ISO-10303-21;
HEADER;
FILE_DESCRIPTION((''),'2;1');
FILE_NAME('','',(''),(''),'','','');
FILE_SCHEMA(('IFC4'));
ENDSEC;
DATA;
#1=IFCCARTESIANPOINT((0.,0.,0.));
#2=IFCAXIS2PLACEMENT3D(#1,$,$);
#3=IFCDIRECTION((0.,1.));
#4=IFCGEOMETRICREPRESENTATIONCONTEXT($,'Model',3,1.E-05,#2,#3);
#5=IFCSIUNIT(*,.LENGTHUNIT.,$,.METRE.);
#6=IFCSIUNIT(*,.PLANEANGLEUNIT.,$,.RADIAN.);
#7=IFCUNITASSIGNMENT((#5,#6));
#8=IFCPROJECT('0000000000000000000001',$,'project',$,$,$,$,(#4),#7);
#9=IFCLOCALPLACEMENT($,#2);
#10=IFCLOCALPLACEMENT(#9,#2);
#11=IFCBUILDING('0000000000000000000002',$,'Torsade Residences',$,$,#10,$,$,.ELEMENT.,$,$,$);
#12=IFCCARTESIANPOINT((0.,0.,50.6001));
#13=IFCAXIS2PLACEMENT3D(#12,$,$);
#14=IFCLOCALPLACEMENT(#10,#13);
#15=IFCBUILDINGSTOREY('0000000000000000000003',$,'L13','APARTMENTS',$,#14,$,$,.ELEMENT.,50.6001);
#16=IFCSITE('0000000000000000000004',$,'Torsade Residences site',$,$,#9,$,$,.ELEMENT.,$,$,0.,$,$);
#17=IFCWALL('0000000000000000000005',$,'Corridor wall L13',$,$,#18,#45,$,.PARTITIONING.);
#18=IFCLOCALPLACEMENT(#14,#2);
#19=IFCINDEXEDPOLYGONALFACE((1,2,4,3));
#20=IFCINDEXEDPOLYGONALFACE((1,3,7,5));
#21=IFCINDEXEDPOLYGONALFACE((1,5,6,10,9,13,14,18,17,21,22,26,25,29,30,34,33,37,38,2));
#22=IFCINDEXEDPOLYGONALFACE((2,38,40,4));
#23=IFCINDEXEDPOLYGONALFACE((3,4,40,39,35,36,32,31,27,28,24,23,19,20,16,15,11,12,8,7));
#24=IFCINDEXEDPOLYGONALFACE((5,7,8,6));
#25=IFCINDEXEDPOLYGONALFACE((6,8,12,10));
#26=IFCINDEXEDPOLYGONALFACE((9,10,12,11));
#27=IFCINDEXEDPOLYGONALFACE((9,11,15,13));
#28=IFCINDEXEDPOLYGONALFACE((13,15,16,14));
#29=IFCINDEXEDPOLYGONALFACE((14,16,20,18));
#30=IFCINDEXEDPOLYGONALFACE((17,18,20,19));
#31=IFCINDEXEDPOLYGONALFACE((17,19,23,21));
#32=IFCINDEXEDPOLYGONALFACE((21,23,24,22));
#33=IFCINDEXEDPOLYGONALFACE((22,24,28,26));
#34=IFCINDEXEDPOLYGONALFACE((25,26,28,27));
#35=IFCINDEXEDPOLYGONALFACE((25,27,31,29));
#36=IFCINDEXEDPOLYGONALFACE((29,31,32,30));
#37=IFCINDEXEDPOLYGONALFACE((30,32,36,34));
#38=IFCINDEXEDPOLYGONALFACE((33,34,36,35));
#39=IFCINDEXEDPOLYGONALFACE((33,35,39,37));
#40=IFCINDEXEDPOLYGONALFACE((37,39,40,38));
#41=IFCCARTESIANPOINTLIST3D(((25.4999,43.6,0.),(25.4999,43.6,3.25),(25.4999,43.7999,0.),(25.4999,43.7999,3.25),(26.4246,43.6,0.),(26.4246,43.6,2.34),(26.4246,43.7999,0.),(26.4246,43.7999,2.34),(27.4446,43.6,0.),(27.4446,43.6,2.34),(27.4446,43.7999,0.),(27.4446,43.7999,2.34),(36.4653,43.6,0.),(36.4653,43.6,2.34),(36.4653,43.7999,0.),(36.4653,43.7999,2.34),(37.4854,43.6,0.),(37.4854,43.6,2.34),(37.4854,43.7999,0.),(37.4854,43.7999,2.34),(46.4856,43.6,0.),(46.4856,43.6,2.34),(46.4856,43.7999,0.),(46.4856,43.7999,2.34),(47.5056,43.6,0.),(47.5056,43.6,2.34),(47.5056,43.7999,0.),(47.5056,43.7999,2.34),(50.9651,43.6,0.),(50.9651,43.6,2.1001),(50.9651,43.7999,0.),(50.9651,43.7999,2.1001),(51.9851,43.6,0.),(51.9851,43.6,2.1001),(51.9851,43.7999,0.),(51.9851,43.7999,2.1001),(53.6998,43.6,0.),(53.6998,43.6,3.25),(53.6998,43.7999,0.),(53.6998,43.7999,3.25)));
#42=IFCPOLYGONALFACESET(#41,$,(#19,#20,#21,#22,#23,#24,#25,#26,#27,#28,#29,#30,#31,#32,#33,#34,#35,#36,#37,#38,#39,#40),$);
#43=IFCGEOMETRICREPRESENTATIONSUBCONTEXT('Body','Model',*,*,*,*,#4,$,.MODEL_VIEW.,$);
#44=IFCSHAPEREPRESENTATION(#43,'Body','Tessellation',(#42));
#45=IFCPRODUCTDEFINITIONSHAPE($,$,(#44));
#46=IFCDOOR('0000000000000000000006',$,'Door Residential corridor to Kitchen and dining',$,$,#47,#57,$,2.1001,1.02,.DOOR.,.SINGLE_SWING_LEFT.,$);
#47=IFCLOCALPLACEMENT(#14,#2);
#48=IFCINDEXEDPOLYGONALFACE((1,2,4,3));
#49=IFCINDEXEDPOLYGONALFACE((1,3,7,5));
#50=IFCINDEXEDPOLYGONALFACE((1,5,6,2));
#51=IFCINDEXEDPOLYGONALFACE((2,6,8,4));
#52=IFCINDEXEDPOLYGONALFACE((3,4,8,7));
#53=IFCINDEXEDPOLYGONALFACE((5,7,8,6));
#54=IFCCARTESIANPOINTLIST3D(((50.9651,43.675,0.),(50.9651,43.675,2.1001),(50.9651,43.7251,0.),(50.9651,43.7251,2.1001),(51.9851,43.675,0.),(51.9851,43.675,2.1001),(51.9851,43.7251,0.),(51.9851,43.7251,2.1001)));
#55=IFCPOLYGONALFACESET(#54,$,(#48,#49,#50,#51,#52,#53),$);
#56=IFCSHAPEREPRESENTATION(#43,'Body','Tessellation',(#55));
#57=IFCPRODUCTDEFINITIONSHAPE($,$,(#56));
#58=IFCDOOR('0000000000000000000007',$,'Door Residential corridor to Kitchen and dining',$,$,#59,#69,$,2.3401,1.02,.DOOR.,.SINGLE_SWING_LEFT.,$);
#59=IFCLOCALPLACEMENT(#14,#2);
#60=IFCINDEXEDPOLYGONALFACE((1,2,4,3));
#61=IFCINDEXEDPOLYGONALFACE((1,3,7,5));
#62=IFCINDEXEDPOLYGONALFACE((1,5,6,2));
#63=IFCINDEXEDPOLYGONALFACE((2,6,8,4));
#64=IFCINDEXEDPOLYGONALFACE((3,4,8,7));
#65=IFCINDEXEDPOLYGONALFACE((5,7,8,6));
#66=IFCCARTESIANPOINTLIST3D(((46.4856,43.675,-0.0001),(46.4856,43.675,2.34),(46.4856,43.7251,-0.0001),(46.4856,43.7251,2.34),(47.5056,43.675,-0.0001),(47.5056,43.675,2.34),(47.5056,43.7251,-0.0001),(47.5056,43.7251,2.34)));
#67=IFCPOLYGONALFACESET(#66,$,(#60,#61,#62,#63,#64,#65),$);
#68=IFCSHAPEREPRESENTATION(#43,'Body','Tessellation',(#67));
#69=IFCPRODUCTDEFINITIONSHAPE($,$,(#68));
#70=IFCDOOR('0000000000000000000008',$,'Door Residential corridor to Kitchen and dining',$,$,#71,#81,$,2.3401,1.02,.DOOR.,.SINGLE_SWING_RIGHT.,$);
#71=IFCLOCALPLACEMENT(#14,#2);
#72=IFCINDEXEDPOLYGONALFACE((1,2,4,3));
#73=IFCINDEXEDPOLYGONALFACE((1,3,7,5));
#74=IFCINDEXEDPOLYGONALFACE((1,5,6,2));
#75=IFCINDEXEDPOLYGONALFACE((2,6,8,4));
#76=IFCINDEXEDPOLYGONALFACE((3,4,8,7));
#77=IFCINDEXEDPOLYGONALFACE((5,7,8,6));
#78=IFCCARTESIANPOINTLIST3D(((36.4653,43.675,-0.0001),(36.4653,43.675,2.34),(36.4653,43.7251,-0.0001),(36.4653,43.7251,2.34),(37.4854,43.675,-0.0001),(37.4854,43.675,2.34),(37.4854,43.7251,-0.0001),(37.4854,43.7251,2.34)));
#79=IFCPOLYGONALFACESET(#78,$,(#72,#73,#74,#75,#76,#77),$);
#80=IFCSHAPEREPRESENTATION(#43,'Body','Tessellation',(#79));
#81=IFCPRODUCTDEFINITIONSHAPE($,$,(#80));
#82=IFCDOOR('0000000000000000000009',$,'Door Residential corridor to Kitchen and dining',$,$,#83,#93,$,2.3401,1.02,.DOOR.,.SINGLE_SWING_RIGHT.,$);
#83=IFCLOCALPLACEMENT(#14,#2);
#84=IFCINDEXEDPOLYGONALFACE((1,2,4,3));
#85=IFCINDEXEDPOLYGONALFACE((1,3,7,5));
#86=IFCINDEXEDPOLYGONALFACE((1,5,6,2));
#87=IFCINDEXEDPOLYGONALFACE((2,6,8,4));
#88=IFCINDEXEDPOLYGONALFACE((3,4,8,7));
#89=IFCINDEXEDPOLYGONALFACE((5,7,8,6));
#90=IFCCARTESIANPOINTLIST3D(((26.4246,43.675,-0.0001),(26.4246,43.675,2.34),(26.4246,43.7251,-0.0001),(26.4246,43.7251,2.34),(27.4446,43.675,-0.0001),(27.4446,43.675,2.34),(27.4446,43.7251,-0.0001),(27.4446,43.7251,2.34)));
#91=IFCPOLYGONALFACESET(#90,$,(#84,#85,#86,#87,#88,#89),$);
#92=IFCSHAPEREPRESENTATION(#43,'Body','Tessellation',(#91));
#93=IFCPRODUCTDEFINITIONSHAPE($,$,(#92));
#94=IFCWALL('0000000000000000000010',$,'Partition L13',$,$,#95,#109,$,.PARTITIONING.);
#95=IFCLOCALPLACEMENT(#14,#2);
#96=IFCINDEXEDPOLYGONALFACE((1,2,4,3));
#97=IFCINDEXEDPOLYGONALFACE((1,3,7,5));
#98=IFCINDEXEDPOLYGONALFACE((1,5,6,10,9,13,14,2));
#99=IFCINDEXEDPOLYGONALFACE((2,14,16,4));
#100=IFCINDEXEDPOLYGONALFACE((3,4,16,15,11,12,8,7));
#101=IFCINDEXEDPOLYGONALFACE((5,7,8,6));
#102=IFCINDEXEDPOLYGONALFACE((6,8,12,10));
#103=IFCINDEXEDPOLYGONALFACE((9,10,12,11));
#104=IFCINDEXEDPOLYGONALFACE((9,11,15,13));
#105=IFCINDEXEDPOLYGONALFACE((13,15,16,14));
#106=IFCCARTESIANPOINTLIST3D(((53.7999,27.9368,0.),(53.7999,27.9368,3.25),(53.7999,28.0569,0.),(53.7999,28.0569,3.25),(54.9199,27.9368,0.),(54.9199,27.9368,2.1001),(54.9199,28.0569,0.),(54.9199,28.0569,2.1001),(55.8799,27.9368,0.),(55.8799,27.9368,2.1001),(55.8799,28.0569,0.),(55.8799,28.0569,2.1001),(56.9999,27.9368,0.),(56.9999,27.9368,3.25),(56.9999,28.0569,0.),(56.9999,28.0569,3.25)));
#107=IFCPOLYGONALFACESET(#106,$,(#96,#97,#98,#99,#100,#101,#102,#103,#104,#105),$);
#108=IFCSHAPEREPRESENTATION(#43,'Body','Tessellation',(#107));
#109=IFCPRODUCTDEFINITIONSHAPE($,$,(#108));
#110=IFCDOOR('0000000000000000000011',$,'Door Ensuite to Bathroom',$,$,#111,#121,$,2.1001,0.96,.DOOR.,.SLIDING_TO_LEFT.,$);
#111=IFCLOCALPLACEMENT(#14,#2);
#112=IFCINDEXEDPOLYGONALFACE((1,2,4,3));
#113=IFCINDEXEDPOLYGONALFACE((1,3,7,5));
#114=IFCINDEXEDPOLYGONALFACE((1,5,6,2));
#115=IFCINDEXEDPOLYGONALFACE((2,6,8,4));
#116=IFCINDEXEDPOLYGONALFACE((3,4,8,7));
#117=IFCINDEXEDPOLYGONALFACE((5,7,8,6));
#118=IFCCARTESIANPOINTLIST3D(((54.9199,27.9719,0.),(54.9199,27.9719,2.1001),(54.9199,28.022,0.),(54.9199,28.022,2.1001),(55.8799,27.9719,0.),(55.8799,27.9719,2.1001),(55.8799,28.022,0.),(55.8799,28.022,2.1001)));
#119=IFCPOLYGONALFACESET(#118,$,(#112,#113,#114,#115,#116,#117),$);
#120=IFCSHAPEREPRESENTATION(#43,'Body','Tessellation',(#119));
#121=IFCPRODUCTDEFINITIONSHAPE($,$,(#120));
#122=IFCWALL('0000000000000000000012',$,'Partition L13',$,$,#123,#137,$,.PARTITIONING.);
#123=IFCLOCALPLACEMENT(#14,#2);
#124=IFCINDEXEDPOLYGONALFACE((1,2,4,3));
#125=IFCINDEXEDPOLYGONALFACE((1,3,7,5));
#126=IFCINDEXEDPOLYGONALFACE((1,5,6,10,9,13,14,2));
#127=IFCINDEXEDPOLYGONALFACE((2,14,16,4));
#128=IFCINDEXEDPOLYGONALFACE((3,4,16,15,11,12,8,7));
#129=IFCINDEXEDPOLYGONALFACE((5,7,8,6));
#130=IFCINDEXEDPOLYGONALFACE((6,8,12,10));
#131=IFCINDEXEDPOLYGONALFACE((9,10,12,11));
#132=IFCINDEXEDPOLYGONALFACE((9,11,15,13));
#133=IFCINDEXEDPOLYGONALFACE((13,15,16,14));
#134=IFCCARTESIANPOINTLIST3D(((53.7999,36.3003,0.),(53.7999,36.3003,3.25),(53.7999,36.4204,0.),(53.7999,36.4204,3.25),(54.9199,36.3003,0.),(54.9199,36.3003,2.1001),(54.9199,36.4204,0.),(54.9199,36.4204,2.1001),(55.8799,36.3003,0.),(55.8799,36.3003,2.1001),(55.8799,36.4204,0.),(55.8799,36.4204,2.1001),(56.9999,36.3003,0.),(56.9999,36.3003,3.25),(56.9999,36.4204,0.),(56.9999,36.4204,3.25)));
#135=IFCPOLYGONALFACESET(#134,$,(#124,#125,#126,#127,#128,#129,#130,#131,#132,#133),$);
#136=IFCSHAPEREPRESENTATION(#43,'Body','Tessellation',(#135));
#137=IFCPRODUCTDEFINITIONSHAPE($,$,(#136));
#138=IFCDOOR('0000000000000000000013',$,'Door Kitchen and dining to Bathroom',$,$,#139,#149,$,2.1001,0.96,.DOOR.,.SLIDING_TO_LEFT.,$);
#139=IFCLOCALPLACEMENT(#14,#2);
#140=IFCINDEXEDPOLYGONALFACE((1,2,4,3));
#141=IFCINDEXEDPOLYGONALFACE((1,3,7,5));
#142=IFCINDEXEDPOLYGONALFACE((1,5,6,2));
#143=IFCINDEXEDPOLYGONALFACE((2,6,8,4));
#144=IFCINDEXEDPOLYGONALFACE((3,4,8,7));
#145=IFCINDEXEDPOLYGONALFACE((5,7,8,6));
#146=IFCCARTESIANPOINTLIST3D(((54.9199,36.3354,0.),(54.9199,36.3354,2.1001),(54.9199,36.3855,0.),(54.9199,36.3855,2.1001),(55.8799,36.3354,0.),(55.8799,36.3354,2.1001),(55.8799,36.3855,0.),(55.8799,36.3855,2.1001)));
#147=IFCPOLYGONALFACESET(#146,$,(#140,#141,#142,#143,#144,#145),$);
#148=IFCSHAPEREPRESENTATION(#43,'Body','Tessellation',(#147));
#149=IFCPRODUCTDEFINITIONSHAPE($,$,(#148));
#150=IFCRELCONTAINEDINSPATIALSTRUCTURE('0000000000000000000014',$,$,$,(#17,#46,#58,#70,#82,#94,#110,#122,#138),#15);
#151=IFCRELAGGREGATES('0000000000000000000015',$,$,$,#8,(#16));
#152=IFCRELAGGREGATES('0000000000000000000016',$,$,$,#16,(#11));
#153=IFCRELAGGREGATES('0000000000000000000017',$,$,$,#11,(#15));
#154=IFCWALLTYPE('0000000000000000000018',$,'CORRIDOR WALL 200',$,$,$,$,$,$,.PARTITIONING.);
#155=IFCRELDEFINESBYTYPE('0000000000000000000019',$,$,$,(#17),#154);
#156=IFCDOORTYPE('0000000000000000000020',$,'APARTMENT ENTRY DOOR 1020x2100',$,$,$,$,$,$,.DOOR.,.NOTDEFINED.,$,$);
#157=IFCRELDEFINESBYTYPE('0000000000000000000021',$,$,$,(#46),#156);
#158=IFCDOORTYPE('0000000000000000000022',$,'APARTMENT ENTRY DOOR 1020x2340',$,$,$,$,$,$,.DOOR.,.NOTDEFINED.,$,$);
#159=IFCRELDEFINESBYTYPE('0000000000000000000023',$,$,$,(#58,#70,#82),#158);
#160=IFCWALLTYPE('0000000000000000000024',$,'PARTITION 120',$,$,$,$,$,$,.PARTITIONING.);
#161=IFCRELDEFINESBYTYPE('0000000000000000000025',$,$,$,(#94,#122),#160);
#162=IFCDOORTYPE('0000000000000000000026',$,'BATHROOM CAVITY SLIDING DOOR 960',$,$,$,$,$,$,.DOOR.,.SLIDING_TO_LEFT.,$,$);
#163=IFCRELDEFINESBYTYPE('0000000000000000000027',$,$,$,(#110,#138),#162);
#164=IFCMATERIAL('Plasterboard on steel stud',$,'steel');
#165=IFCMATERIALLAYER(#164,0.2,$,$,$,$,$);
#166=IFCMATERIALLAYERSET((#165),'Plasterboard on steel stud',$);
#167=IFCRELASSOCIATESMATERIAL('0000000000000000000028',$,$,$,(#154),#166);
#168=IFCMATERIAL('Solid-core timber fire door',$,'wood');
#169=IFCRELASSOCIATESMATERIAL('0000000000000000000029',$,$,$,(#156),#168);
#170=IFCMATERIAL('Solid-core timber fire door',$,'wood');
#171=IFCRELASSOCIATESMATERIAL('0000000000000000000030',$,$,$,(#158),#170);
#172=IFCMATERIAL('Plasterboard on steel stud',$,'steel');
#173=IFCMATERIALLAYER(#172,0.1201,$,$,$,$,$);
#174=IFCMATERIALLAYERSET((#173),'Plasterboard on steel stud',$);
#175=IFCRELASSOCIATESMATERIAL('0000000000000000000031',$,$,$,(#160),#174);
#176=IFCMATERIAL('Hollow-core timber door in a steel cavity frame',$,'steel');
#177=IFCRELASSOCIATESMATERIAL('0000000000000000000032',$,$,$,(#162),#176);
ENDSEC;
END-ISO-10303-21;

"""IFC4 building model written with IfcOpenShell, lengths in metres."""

from ifc_helpers import new_model, si_unit, direction, frame, frame_2d, origin, place, context, subcontext, project, spatial, rectangle, extrude, material, layer, layer_set, type_object, element, fill, save


model = new_model("IFC4")

# Units and contexts
model_context = context("Model", 3, precision=1e-05, world=origin(), true_north=direction((0.0, 1.0)))
body_context = subcontext(model_context, "Body", "Model", "MODEL_VIEW")
ifc_project = project(units=[si_unit("LENGTHUNIT", "METRE"), si_unit("PLANEANGLEUNIT", "RADIAN")], contexts=[model_context])

# Site, building, storey
site_placement = place(None, origin())
site = spatial("IfcSite", under=ifc_project, at=site_placement, Name="Torsade Residences site", CompositionType="ELEMENT", RefElevation=0.0)
building_placement = place(site_placement, origin())
building = spatial("IfcBuilding", under=site, at=building_placement, Name="Torsade Residences", CompositionType="ELEMENT")
storey_placement = place(building_placement, frame((0.0, 0.0, 50.6001)))
storey = spatial("IfcBuildingStorey", under=building, at=storey_placement, Name="L13", Description="APARTMENTS", CompositionType="ELEMENT", Elevation=50.6001)

# Wall, openings, doors
ifc_material_1 = material(Name="Plasterboard on steel stud", Category="steel")
ifc_layer_1 = layer(ifc_material_1, 0.2)
ifc_layer_set_1 = layer_set([ifc_layer_1], Name="Plasterboard on steel stud")
wall_type_1 = type_object("IfcWallType", Name="CORRIDOR WALL 200", PredefinedType="PARTITIONING", material=ifc_layer_set_1)
wall_1_placement = place(storey_placement, frame((53.7, 43.7, 0.0), z_axis=(0.0, 0.0, 1.0), x_axis=(-1.0, 0.0, 0.0)))
wall_1 = element("IfcWall", 1, at=wall_1_placement, inside=storey, type_object=wall_type_1, Name="Corridor wall L13", PredefinedType="PARTITIONING", context=body_context, shape_type="SweptSolid", body=[
    extrude(rectangle(XDim=28.2, YDim=0.2, at=frame_2d((14.1001, 0.0))), origin(), (0.0, 0.0, 1.0), 3.25),
])
opening_1_placement = place(wall_1_placement, frame((6.1943, 0.0, 0.0)))
opening_1 = element("IfcOpeningElement", 2, at=opening_1_placement, cuts=wall_1, PredefinedType="OPENING", context=body_context, shape_type="SweptSolid", body=[
    extrude(rectangle(XDim=1.02, YDim=2.3401, at=frame_2d((0.51, 1.1699))), frame((0.0, 0.1099, 0.0), z_axis=(0.0, -1.0, 0.0), x_axis=(1.0, 0.0, 0.0)), (0.0, 0.0, 1.0), 0.22),
])
opening_2_placement = place(wall_1_placement, frame((1.7148, 0.0, 0.0)))
opening_2 = element("IfcOpeningElement", 3, at=opening_2_placement, cuts=wall_1, PredefinedType="OPENING", context=body_context, shape_type="SweptSolid", body=[
    extrude(rectangle(XDim=1.02, YDim=2.1001, at=frame_2d((0.51, 1.05))), frame((0.0, 0.1099, 0.0), z_axis=(0.0, -1.0, 0.0), x_axis=(1.0, 0.0, 0.0)), (0.0, 0.0, 1.0), 0.22),
])
opening_3_placement = place(wall_1_placement, frame((16.2146, 0.0, 0.0)))
opening_3 = element("IfcOpeningElement", 4, at=opening_3_placement, cuts=wall_1, PredefinedType="OPENING", context=body_context, shape_type="SweptSolid", body=[
    extrude(rectangle(XDim=1.02, YDim=2.3401, at=frame_2d((0.51, 1.1699))), frame((0.0, 0.1099, 0.0), z_axis=(0.0, -1.0, 0.0), x_axis=(1.0, 0.0, 0.0)), (0.0, 0.0, 1.0), 0.22),
])
opening_4_placement = place(wall_1_placement, frame((26.2554, 0.0, 0.0)))
opening_4 = element("IfcOpeningElement", 5, at=opening_4_placement, cuts=wall_1, PredefinedType="OPENING", context=body_context, shape_type="SweptSolid", body=[
    extrude(rectangle(XDim=1.02, YDim=2.3401, at=frame_2d((0.51, 1.1699))), frame((0.0, 0.1099, 0.0), z_axis=(0.0, -1.0, 0.0), x_axis=(1.0, 0.0, 0.0)), (0.0, 0.0, 1.0), 0.22),
])
ifc_material_2 = material(Name="Solid-core timber fire door", Category="wood")
door_type_1 = type_object("IfcDoorType", Name="APARTMENT ENTRY DOOR 1020x2100", OperationType="NOTDEFINED", PredefinedType="DOOR", material=ifc_material_2)
door_1_placement = place(opening_2_placement, origin())
door_1 = element("IfcDoor", 6, at=door_1_placement, inside=storey, type_object=door_type_1, Name="Door Residential corridor to Kitchen and dining", OperationType="SINGLE_SWING_LEFT", OverallHeight=2.1001, OverallWidth=1.02, PredefinedType="DOOR", context=body_context, shape_type="SweptSolid", body=[
    extrude(rectangle(XDim=1.02, YDim=2.1001, at=frame_2d((0.51, 1.05))), frame((0.0, 0.0249, 0.0), z_axis=(0.0, -1.0, 0.0), x_axis=(1.0, 0.0, 0.0)), (0.0, 0.0, 1.0), 0.05),
])
fill(opening_2, door_1)
ifc_material_3 = material(Name="Solid-core timber fire door", Category="wood")
door_type_2 = type_object("IfcDoorType", Name="APARTMENT ENTRY DOOR 1020x2340", OperationType="NOTDEFINED", PredefinedType="DOOR", material=ifc_material_3)
door_2_placement = place(opening_1_placement, origin())
door_2 = element("IfcDoor", 7, at=door_2_placement, inside=storey, type_object=door_type_2, Name="Door Residential corridor to Kitchen and dining", OperationType="SINGLE_SWING_LEFT", OverallHeight=2.3401, OverallWidth=1.02, PredefinedType="DOOR", context=body_context, shape_type="SweptSolid", body=[
    extrude(rectangle(XDim=1.02, YDim=2.3401, at=frame_2d((0.51, 1.1699))), frame((0.0, 0.0249, 0.0), z_axis=(0.0, -1.0, 0.0), x_axis=(1.0, 0.0, 0.0)), (0.0, 0.0, 1.0), 0.05),
])
fill(opening_1, door_2)
door_3_placement = place(opening_3_placement, origin())
door_3 = element("IfcDoor", 8, at=door_3_placement, inside=storey, type_object=door_type_2, Name="Door Residential corridor to Kitchen and dining", OperationType="SINGLE_SWING_RIGHT", OverallHeight=2.3401, OverallWidth=1.02, PredefinedType="DOOR", context=body_context, shape_type="SweptSolid", body=[
    extrude(rectangle(XDim=1.02, YDim=2.3401, at=frame_2d((0.51, 1.1699))), frame((0.0, 0.0249, 0.0), z_axis=(0.0, -1.0, 0.0), x_axis=(1.0, 0.0, 0.0)), (0.0, 0.0, 1.0), 0.05),
])
fill(opening_3, door_3)
door_4_placement = place(opening_4_placement, origin())
door_4 = element("IfcDoor", 9, at=door_4_placement, inside=storey, type_object=door_type_2, Name="Door Residential corridor to Kitchen and dining", OperationType="SINGLE_SWING_RIGHT", OverallHeight=2.3401, OverallWidth=1.02, PredefinedType="DOOR", context=body_context, shape_type="SweptSolid", body=[
    extrude(rectangle(XDim=1.02, YDim=2.3401, at=frame_2d((0.51, 1.1699))), frame((0.0, 0.0249, 0.0), z_axis=(0.0, -1.0, 0.0), x_axis=(1.0, 0.0, 0.0)), (0.0, 0.0, 1.0), 0.05),
])
fill(opening_4, door_4)

# Walls, openings, doors
ifc_material_4 = material(Name="Plasterboard on steel stud", Category="steel")
ifc_layer_2 = layer(ifc_material_4, 0.1201)
ifc_layer_set_2 = layer_set([ifc_layer_2], Name="Plasterboard on steel stud")
wall_type_2 = type_object("IfcWallType", Name="PARTITION 120", PredefinedType="PARTITIONING", material=ifc_layer_set_2)
wall_2_placement = place(storey_placement, frame((57.0, 27.9968, 0.0), z_axis=(0.0, 0.0, 1.0), x_axis=(-1.0, 0.0, 0.0)))
wall_2 = element("IfcWall", 10, at=wall_2_placement, inside=storey, type_object=wall_type_2, Name="Partition L13", PredefinedType="PARTITIONING", context=body_context, shape_type="SweptSolid", body=[
    extrude(rectangle(XDim=3.2, YDim=0.1201, at=frame_2d((1.6001, 0.0))), origin(), (0.0, 0.0, 1.0), 3.25),
])
opening_5_placement = place(wall_2_placement, frame((1.1201, 0.0, 0.0)))
opening_5 = element("IfcOpeningElement", 11, at=opening_5_placement, cuts=wall_2, PredefinedType="OPENING", context=body_context, shape_type="SweptSolid", body=[
    extrude(rectangle(XDim=0.96, YDim=2.1001, at=frame_2d((0.48, 1.05))), frame((0.0, 0.0701, 0.0), z_axis=(0.0, -1.0, 0.0), x_axis=(1.0, 0.0, 0.0)), (0.0, 0.0, 1.0), 0.1401),
])
ifc_material_5 = material(Name="Hollow-core timber door in a steel cavity frame", Category="steel")
door_type_3 = type_object("IfcDoorType", Name="BATHROOM CAVITY SLIDING DOOR 960", OperationType="SLIDING_TO_LEFT", PredefinedType="DOOR", material=ifc_material_5)
door_5_placement = place(opening_5_placement, origin())
door_5 = element("IfcDoor", 12, at=door_5_placement, inside=storey, type_object=door_type_3, Name="Door Ensuite to Bathroom", OperationType="SLIDING_TO_LEFT", OverallHeight=2.1001, OverallWidth=0.96, PredefinedType="DOOR", context=body_context, shape_type="SweptSolid", body=[
    extrude(rectangle(XDim=0.96, YDim=2.1001, at=frame_2d((0.48, 1.05))), frame((0.0, 0.0249, 0.0), z_axis=(0.0, -1.0, 0.0), x_axis=(1.0, 0.0, 0.0)), (0.0, 0.0, 1.0), 0.05),
])
fill(opening_5, door_5)
wall_3_placement = place(storey_placement, frame((57.0, 36.3604, 0.0), z_axis=(0.0, 0.0, 1.0), x_axis=(-1.0, 0.0, 0.0)))
wall_3 = element("IfcWall", 13, at=wall_3_placement, inside=storey, type_object=wall_type_2, Name="Partition L13", PredefinedType="PARTITIONING", context=body_context, shape_type="SweptSolid", body=[
    extrude(rectangle(XDim=3.2, YDim=0.1201, at=frame_2d((1.6001, 0.0))), origin(), (0.0, 0.0, 1.0), 3.25),
])
opening_6_placement = place(wall_3_placement, frame((1.1201, 0.0, 0.0)))
opening_6 = element("IfcOpeningElement", 14, at=opening_6_placement, cuts=wall_3, PredefinedType="OPENING", context=body_context, shape_type="SweptSolid", body=[
    extrude(rectangle(XDim=0.96, YDim=2.1001, at=frame_2d((0.48, 1.05))), frame((0.0, 0.0701, 0.0), z_axis=(0.0, -1.0, 0.0), x_axis=(1.0, 0.0, 0.0)), (0.0, 0.0, 1.0), 0.1401),
])
door_6_placement = place(opening_6_placement, origin())
door_6 = element("IfcDoor", 15, at=door_6_placement, inside=storey, type_object=door_type_3, Name="Door Kitchen and dining to Bathroom", OperationType="SLIDING_TO_LEFT", OverallHeight=2.1001, OverallWidth=0.96, PredefinedType="DOOR", context=body_context, shape_type="SweptSolid", body=[
    extrude(rectangle(XDim=0.96, YDim=2.1001, at=frame_2d((0.48, 1.05))), frame((0.0, 0.0249, 0.0), z_axis=(0.0, -1.0, 0.0), x_axis=(1.0, 0.0, 0.0)), (0.0, 0.0, 1.0), 0.05),
])
fill(opening_6, door_6)

save(model, "model.ifc")
